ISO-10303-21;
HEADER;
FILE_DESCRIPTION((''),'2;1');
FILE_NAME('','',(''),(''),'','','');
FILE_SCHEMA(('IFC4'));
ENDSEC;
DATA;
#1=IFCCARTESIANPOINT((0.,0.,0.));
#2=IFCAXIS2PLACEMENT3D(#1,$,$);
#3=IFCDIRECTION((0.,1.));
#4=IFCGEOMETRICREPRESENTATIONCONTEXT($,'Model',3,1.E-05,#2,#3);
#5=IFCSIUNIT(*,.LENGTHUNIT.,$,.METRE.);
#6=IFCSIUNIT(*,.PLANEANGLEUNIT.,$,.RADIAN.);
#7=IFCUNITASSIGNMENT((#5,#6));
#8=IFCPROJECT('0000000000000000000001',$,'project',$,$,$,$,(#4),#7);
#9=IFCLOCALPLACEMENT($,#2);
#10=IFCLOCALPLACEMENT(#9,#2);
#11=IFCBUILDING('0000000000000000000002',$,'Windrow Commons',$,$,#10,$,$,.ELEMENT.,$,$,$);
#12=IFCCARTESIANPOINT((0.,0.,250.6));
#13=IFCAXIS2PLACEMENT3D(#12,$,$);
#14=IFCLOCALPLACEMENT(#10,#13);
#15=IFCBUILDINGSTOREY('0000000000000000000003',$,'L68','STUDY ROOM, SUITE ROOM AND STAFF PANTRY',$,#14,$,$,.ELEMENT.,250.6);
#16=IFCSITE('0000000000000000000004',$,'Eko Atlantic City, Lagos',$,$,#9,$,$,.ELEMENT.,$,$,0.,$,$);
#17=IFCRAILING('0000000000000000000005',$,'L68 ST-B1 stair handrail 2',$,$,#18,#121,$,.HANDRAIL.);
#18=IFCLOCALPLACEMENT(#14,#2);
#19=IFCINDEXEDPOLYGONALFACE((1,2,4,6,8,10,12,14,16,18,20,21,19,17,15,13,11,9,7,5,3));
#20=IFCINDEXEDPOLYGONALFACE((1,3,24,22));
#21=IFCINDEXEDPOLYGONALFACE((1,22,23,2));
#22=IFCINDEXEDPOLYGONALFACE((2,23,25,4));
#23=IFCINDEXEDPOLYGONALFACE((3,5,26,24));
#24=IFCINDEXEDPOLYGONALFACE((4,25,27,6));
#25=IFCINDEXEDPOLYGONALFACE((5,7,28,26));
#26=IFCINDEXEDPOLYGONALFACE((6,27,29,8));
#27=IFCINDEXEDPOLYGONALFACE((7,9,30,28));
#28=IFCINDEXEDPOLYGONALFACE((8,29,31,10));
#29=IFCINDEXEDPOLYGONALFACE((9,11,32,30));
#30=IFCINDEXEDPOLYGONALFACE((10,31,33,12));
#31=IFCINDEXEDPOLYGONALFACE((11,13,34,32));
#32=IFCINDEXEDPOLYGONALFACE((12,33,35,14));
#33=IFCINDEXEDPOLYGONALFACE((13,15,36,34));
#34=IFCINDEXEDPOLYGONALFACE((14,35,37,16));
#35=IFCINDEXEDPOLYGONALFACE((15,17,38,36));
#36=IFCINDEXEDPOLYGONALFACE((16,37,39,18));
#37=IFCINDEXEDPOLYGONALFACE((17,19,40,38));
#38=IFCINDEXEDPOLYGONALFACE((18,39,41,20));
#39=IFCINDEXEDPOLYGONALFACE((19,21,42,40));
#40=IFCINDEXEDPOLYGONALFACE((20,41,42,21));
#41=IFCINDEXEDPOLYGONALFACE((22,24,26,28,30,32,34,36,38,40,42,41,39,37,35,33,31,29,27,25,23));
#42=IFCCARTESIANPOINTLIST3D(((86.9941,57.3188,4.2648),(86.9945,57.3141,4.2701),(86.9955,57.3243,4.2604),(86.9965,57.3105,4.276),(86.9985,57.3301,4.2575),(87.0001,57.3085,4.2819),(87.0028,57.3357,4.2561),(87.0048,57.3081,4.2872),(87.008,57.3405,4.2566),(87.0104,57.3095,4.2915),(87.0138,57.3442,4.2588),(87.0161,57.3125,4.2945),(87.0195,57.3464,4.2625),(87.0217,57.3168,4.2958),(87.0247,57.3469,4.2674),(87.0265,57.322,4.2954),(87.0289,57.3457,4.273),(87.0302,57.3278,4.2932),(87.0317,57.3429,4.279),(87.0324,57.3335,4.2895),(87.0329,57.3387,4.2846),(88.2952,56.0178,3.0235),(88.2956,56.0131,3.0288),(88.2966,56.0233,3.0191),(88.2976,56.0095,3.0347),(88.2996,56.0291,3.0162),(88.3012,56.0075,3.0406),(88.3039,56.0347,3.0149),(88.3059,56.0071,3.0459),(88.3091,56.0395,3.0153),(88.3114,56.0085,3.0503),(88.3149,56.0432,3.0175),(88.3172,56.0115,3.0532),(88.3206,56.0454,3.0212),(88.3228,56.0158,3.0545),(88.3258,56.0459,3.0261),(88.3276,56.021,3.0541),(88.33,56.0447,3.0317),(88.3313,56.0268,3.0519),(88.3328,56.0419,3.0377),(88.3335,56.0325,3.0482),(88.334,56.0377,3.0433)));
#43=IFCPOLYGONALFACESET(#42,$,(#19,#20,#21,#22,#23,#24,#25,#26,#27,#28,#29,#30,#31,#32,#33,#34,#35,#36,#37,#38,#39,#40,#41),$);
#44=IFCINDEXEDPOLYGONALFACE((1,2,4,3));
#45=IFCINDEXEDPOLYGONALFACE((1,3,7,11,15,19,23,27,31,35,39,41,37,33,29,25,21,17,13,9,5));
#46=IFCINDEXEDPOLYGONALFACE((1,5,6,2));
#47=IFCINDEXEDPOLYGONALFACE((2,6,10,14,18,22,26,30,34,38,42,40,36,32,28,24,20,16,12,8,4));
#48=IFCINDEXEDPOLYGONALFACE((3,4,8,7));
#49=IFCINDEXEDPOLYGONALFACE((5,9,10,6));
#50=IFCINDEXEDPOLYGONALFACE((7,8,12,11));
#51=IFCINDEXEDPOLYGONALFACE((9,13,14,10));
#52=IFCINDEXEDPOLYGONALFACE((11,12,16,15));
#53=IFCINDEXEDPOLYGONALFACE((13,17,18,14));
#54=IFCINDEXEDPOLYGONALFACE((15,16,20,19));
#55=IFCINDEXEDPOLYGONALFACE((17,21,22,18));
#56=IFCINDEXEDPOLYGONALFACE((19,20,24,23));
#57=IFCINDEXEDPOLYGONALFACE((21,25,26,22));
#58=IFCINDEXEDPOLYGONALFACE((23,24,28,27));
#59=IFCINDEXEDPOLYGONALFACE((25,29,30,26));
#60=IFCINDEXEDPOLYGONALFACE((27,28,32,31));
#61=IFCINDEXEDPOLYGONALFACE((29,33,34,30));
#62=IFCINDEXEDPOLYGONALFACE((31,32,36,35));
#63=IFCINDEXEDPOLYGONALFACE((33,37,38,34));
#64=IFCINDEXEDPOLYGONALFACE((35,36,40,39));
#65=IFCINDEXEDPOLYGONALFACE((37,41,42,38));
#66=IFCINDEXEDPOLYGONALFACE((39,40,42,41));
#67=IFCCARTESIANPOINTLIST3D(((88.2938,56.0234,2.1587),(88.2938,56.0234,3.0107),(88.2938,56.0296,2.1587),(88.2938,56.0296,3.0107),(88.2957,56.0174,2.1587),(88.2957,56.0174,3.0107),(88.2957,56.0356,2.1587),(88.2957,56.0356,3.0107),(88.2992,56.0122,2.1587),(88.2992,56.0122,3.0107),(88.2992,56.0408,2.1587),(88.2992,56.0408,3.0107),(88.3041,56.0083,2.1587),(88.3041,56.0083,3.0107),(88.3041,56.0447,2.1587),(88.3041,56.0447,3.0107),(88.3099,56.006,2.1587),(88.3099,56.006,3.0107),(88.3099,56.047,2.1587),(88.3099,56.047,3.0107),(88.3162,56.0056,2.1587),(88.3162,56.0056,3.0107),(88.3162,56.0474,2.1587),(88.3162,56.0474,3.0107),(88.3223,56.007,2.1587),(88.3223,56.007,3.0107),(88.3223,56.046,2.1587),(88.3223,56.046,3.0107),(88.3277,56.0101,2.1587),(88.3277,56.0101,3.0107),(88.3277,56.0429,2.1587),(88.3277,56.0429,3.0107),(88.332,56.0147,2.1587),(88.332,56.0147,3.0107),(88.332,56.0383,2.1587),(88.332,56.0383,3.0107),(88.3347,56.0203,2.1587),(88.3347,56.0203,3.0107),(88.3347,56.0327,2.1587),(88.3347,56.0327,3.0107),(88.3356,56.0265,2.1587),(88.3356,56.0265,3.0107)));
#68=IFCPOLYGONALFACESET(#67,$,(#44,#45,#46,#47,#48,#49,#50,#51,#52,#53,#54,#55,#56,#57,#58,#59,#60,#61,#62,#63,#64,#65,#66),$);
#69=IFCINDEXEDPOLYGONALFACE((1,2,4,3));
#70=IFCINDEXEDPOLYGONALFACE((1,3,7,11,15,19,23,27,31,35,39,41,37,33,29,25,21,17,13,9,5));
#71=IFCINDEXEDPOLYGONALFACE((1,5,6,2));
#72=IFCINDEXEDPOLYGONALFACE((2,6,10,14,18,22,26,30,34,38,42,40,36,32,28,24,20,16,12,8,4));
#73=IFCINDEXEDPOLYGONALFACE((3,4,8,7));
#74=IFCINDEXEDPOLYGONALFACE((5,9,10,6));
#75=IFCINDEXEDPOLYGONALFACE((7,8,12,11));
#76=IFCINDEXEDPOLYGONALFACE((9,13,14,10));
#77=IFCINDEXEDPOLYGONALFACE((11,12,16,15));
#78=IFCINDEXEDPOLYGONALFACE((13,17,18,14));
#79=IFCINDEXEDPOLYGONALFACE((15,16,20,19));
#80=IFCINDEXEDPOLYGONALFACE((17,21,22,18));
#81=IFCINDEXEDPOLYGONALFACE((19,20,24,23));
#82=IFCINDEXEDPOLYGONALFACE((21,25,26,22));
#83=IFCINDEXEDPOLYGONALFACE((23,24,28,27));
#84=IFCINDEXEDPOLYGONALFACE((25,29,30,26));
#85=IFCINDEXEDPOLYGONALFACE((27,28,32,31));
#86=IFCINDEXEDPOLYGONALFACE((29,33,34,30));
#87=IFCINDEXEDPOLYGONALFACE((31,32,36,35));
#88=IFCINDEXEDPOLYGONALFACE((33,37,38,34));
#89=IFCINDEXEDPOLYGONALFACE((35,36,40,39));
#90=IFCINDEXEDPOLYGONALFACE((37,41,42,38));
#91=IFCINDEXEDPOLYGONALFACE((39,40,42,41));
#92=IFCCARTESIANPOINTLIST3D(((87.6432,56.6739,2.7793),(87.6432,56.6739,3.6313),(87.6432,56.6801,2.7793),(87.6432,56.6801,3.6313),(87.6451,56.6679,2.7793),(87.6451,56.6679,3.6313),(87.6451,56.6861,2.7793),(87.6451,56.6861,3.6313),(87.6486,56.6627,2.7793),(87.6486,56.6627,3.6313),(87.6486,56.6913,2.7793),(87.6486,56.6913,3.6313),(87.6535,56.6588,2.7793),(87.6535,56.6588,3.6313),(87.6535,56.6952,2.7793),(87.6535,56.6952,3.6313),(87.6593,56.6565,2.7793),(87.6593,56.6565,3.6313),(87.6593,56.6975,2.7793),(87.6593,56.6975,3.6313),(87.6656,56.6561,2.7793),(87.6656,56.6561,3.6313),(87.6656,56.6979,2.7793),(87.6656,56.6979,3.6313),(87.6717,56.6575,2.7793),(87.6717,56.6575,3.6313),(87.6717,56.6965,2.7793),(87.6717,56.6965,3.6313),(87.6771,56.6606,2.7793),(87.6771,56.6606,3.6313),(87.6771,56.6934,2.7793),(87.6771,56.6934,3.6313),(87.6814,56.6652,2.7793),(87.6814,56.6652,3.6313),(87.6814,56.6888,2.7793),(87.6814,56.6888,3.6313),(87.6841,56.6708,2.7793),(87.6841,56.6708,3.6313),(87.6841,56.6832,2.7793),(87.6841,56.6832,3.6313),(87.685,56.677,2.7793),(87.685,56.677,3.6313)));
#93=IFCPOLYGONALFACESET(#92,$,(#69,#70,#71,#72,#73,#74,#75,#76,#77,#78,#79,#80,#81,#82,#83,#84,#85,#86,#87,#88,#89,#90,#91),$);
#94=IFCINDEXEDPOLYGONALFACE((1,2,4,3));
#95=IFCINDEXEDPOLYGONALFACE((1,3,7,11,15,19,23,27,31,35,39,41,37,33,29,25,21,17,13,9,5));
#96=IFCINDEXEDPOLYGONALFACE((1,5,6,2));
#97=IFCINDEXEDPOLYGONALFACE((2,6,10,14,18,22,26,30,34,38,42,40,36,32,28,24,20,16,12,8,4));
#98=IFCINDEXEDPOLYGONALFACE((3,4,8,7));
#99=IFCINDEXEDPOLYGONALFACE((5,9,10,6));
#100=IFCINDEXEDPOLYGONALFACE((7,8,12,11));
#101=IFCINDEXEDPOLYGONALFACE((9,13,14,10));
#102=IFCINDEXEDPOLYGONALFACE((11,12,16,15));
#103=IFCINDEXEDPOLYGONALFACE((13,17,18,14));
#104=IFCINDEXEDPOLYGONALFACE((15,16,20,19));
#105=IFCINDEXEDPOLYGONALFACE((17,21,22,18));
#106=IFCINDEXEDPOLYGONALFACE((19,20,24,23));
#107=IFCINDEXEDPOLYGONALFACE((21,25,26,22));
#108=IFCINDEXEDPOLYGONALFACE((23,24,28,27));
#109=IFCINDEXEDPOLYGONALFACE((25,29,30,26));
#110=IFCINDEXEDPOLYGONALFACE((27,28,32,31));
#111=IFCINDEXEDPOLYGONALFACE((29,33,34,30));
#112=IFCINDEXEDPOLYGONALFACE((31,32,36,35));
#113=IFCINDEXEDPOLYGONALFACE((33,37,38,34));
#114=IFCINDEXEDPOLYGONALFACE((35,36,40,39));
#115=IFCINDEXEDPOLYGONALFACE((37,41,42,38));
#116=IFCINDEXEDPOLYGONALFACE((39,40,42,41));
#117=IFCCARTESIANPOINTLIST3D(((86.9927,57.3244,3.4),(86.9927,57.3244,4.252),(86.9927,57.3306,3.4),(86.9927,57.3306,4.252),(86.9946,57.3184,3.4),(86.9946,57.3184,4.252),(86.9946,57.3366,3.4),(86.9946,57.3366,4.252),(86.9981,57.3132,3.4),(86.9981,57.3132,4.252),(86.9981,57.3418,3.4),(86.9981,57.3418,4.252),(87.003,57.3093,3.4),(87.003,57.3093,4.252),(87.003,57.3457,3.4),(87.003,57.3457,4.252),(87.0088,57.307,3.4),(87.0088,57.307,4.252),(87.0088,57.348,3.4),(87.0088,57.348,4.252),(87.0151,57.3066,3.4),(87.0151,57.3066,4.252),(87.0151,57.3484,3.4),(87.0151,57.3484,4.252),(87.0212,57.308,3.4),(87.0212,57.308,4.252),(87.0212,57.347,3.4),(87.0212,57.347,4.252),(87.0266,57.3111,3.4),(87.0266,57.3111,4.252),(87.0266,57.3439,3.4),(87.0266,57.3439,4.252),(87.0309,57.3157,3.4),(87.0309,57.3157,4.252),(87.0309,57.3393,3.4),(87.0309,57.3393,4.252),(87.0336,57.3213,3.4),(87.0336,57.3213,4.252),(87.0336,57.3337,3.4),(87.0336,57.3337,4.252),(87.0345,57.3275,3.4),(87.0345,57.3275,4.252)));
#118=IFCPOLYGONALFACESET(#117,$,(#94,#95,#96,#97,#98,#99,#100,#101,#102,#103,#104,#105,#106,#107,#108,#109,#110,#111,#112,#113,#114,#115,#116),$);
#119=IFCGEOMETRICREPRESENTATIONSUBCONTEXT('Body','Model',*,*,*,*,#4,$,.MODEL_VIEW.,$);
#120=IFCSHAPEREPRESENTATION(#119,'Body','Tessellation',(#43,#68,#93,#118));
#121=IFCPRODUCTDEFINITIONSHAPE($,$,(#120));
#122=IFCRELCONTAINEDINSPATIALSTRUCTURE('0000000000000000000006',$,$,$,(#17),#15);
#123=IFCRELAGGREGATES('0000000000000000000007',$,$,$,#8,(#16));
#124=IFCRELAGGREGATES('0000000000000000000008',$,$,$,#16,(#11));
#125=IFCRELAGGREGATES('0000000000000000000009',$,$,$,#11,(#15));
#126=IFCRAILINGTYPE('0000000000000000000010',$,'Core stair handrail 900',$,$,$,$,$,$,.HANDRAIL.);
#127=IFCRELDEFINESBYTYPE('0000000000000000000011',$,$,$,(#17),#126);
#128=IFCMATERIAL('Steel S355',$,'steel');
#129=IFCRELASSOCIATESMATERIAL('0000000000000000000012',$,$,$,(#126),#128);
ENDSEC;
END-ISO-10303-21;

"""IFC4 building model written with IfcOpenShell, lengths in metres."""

from ifc_helpers import new_model, si_unit, direction, frame, origin, origin_2d, place, context, subcontext, project, spatial, circle, extrude, material, type_object, element, save


model = new_model("IFC4")

# Units and contexts
model_context = context("Model", 3, precision=1e-05, world=origin(), true_north=direction((0.0, 1.0)))
body_context = subcontext(model_context, "Body", "Model", "MODEL_VIEW")
ifc_project = project(units=[si_unit("LENGTHUNIT", "METRE"), si_unit("PLANEANGLEUNIT", "RADIAN")], contexts=[model_context])

# Site, building, storey
site_placement = place(None, origin())
site = spatial("IfcSite", under=ifc_project, at=site_placement, Name="Eko Atlantic City, Lagos", CompositionType="ELEMENT", RefElevation=0.0)
building_placement = place(site_placement, origin())
building = spatial("IfcBuilding", under=site, at=building_placement, Name="Windrow Commons", CompositionType="ELEMENT")
storey_placement = place(building_placement, frame((0.0, 0.0, 250.6)))
storey = spatial("IfcBuildingStorey", under=building, at=storey_placement, Name="L68", Description="STUDY ROOM, SUITE ROOM AND STAFF PANTRY", CompositionType="ELEMENT", Elevation=250.6)

# Railing
ifc_material_1 = material(Name="Steel S355", Category="steel")
railing_type_1 = type_object("IfcRailingType", Name="Core stair handrail 900", PredefinedType="HANDRAIL", material=ifc_material_1)
railing_1_placement = place(storey_placement, frame((88.3146, 56.0265, 2.1587)))
element("IfcRailing", 1, at=railing_1_placement, inside=storey, type_object=railing_type_1, Name="L68 ST-B1 stair handrail 2", PredefinedType="HANDRAIL", context=body_context, shape_type="SweptSolid", body=[
    extrude(circle(Radius=0.024, at=origin_2d()), frame((0.0, 0.0, 0.876), z_axis=(-0.586207, 0.586162, 0.559264), x_axis=(-0.70708, -0.707134, 0.0)), (0.0, 0.0, 1.0), 2.2195),
    extrude(circle(Radius=0.021, at=origin_2d()), origin(), (0.0, 0.0, 1.0), 0.852),
    extrude(circle(Radius=0.021, at=origin_2d()), frame((-0.6506, 0.6505, 0.6206)), (0.0, 0.0, 1.0), 0.852),
    extrude(circle(Radius=0.021, at=origin_2d()), frame((-1.3011, 1.301, 1.2413)), (0.0, 0.0, 1.0), 0.852),
])

save(model, "model.ifc")
